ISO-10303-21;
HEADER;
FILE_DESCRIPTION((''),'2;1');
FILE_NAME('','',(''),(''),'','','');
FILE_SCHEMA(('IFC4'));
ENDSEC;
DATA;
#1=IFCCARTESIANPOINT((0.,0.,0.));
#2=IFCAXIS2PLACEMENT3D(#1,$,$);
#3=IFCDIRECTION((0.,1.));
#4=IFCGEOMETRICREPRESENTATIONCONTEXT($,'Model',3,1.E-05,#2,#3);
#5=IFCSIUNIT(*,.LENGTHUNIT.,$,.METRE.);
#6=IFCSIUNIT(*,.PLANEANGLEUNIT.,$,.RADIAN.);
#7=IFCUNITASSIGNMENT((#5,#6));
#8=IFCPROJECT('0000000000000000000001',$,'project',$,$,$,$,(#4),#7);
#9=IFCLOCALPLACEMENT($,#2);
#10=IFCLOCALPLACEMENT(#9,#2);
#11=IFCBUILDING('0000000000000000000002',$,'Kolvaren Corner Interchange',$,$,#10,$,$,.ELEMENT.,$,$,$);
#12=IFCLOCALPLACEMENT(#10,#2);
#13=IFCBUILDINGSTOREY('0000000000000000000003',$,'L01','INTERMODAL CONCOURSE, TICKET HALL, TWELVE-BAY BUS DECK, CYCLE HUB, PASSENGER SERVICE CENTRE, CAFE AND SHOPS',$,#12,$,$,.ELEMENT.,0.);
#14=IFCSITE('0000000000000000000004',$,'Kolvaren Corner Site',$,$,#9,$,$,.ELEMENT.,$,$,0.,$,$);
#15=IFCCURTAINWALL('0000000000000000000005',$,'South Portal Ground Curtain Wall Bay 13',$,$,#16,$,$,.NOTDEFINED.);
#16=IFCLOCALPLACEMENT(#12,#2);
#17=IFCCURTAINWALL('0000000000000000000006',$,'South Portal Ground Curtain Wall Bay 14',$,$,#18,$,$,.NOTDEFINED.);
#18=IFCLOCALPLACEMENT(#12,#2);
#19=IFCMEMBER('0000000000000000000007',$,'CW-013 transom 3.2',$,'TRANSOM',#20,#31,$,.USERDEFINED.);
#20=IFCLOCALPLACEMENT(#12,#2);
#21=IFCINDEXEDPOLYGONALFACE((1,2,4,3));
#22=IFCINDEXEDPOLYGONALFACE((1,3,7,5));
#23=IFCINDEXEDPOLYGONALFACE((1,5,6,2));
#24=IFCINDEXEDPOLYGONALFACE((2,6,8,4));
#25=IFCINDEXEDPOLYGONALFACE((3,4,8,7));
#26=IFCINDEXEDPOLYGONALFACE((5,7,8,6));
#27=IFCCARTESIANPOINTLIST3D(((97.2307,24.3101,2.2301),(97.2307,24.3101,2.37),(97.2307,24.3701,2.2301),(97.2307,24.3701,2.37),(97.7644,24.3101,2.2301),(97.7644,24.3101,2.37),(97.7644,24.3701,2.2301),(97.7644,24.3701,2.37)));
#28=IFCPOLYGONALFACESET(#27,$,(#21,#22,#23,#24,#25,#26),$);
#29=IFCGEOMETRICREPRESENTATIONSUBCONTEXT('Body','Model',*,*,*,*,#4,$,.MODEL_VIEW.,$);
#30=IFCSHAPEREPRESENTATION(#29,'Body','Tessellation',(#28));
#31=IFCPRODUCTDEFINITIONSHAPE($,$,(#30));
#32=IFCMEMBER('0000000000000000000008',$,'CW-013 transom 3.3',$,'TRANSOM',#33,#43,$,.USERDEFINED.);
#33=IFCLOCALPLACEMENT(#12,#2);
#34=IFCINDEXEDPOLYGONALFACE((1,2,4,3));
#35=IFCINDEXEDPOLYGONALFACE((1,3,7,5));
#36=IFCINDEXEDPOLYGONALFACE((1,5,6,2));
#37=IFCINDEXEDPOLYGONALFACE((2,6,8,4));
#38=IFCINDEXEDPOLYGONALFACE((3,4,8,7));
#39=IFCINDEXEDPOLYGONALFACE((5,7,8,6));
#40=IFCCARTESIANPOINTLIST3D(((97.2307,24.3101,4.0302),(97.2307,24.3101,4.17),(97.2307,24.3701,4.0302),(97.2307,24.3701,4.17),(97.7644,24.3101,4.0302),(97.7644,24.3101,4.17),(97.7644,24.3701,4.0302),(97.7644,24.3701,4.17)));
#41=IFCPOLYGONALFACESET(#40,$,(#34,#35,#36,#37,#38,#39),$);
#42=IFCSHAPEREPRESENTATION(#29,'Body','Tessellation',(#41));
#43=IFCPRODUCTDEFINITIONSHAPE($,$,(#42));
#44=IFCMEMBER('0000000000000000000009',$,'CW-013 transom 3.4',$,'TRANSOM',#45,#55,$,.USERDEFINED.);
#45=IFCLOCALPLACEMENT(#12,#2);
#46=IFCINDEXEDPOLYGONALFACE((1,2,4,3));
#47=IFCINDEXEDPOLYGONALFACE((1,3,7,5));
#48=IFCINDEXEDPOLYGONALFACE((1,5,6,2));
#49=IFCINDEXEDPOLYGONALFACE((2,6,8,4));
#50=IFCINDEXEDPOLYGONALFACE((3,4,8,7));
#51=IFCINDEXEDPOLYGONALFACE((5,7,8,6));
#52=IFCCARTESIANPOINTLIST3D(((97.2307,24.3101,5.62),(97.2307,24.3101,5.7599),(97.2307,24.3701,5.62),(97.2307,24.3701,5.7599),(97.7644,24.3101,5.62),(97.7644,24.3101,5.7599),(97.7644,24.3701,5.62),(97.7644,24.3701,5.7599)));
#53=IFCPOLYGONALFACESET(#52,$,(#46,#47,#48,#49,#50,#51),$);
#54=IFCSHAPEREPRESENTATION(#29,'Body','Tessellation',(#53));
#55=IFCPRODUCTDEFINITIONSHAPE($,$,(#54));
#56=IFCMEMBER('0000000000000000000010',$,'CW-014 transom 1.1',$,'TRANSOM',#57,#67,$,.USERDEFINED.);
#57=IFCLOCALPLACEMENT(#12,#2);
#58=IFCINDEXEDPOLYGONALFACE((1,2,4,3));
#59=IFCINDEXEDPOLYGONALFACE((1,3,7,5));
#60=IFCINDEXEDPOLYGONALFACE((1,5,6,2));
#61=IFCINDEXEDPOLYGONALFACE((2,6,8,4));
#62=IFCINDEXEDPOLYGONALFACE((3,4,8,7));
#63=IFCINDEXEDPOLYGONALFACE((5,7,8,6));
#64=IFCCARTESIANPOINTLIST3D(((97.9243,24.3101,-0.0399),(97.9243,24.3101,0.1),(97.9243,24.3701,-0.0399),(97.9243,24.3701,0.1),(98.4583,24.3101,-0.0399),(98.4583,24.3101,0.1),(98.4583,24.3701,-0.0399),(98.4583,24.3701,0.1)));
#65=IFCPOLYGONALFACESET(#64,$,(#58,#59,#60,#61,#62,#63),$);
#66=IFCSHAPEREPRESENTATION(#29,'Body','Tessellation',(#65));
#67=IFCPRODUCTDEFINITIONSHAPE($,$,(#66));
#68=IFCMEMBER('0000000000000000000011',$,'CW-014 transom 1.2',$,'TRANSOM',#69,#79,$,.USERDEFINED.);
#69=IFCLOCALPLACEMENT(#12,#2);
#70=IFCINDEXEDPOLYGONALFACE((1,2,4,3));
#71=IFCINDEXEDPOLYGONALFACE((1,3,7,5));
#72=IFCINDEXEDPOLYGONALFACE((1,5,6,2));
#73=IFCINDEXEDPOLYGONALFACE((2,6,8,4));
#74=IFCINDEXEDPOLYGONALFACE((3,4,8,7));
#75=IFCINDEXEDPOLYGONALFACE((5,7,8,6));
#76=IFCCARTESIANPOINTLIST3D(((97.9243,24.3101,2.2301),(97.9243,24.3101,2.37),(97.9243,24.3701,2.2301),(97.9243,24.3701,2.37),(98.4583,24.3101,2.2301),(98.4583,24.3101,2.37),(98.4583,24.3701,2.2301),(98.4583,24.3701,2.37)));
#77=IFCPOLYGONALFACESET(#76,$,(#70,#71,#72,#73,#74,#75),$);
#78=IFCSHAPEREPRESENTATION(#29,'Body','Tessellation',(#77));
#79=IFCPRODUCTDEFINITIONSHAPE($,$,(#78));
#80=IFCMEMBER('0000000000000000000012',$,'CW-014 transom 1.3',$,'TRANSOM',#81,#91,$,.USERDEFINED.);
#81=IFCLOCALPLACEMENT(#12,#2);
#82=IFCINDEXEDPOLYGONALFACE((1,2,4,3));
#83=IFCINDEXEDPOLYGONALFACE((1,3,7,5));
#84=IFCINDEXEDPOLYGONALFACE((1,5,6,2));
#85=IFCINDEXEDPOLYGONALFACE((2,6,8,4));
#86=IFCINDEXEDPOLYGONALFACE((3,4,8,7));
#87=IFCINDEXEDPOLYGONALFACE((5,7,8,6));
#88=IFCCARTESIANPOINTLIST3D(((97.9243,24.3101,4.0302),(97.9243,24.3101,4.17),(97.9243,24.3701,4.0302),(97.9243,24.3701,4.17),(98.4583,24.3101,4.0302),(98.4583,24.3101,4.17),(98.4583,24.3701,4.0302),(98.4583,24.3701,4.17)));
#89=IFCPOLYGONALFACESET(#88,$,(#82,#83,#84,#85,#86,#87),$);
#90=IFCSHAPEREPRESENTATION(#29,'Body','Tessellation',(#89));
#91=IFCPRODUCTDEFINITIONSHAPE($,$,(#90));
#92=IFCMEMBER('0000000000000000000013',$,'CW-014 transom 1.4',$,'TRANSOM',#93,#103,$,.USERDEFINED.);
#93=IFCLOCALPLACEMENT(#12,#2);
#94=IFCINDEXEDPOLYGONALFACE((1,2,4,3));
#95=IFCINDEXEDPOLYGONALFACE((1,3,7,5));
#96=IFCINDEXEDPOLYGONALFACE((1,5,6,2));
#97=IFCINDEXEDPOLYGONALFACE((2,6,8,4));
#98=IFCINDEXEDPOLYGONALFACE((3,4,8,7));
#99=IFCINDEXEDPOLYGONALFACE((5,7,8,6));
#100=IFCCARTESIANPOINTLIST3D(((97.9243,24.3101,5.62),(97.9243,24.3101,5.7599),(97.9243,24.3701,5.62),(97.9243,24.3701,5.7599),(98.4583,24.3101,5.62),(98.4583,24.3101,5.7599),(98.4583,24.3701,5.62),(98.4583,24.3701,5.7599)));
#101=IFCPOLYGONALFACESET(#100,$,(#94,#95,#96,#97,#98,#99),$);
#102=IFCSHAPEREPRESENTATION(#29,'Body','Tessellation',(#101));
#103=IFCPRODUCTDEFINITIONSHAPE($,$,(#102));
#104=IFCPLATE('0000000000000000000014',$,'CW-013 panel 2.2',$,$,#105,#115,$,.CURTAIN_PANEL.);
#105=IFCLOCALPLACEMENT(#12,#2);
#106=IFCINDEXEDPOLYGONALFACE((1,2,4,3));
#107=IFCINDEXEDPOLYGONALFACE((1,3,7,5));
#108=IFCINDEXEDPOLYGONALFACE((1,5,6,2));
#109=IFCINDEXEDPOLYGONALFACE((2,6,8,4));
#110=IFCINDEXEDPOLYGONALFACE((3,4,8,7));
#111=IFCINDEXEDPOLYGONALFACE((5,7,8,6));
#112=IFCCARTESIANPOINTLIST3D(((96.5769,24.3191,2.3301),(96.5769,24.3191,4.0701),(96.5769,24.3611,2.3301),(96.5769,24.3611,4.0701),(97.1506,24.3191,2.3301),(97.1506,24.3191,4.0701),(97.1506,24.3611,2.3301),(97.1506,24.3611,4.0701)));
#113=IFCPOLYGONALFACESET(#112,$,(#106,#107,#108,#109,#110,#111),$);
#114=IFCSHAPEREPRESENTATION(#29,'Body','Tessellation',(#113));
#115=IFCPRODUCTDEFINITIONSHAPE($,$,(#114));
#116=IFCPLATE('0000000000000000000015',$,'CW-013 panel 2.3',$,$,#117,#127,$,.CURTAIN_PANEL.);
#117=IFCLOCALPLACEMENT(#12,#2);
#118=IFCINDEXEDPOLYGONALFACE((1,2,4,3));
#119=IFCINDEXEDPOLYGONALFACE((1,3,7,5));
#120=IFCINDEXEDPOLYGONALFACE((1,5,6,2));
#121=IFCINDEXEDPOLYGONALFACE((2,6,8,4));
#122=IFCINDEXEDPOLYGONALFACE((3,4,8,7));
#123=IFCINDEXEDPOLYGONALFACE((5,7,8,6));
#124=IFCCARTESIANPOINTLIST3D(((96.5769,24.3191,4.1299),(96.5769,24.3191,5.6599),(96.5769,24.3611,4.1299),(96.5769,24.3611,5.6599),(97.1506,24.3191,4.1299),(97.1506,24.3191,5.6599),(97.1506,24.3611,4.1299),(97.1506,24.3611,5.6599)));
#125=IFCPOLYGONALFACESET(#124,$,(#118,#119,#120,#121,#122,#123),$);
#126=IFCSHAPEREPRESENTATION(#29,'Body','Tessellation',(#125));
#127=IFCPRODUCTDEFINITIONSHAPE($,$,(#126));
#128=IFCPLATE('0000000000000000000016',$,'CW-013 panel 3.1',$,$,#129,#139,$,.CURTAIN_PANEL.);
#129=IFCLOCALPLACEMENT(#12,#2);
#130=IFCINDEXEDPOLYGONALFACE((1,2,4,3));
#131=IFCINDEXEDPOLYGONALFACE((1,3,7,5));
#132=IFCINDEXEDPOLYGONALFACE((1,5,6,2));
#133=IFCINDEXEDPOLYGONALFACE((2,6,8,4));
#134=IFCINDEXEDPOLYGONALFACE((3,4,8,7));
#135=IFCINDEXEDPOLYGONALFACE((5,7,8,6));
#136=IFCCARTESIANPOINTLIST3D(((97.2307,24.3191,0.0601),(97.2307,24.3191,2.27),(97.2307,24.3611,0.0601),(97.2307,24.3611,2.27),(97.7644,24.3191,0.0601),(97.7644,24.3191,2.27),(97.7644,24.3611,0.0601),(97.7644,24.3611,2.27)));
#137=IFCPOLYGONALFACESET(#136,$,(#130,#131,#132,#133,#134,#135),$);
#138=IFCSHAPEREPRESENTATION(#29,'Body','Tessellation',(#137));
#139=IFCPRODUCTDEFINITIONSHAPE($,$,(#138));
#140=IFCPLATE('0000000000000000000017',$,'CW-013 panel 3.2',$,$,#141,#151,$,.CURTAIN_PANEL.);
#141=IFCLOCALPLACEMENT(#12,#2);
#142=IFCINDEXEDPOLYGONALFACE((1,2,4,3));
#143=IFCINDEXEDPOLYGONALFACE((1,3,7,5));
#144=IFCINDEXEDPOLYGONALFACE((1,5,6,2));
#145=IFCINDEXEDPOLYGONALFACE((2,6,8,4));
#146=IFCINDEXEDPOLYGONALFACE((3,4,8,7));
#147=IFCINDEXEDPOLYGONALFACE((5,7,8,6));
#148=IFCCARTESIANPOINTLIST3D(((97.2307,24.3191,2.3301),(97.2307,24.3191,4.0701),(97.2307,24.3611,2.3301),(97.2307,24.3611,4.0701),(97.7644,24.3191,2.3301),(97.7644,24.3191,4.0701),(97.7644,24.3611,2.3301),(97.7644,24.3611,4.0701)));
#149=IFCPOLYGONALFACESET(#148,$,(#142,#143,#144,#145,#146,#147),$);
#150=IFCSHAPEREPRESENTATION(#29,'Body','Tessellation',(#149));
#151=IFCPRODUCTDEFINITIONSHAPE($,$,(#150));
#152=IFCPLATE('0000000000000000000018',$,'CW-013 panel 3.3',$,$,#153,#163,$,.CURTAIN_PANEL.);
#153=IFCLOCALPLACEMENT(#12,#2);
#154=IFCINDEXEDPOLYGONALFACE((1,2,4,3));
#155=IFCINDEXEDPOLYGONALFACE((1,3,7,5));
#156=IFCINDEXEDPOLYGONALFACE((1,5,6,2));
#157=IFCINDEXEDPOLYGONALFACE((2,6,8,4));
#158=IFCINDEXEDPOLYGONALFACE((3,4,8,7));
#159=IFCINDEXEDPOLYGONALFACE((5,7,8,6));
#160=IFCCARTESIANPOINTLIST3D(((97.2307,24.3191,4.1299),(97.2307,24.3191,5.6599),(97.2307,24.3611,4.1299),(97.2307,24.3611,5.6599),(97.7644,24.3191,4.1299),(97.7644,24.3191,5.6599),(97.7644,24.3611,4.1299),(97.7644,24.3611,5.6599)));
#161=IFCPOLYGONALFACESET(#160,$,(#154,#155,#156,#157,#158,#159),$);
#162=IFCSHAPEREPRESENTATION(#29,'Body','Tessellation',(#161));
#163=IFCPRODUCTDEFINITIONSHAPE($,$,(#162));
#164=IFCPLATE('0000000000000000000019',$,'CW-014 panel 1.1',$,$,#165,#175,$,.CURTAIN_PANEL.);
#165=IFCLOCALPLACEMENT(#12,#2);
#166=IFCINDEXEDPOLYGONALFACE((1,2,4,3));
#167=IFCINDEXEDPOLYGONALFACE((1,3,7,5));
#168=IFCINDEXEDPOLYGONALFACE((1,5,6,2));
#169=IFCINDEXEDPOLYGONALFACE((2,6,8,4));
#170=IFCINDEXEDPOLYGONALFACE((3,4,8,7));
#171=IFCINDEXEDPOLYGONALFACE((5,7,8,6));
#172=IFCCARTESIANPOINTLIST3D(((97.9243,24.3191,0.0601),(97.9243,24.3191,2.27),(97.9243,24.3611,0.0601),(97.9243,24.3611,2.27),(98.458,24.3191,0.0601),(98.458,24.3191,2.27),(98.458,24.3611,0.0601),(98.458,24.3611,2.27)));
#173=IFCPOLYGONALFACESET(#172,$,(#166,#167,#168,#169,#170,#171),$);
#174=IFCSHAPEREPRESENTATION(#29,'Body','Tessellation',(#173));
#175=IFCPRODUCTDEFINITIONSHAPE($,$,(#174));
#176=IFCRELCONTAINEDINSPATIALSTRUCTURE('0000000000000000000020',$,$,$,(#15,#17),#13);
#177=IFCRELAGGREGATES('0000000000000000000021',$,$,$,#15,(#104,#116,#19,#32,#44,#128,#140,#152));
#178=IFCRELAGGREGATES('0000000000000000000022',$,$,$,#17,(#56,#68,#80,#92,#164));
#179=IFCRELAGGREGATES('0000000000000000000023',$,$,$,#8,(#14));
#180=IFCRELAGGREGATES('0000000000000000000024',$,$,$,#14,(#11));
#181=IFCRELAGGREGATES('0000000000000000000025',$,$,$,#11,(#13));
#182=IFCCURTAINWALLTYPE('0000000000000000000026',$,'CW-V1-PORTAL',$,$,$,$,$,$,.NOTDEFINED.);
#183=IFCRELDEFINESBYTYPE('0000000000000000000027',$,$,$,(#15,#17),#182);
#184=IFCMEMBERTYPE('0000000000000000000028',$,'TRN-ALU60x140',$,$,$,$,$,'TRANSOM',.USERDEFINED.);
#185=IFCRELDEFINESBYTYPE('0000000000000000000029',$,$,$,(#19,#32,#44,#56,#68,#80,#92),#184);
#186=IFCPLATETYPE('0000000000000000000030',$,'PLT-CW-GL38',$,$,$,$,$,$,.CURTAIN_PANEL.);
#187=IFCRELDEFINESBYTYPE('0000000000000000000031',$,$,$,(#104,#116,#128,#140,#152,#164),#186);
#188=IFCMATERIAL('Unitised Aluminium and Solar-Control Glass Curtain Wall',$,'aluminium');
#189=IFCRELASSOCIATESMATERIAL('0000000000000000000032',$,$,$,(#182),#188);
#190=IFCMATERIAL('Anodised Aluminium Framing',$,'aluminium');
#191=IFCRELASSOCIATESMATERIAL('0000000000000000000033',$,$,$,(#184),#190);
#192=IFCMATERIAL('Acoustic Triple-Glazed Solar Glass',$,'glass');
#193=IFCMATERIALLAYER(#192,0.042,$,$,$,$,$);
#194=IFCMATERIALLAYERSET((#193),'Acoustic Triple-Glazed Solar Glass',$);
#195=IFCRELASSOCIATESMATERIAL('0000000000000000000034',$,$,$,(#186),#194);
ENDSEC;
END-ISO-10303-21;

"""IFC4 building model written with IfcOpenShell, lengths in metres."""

from ifc_helpers import new_model, si_unit, direction, frame, origin, origin_2d, place, context, subcontext, project, spatial, rectangle, extrude, material, layer, layer_set, material_profile, profile_set, type_object, element, aggregate, save


model = new_model("IFC4")

# Units and contexts
model_context = context("Model", 3, precision=1e-05, world=origin(), true_north=direction((0.0, 1.0)))
body_context = subcontext(model_context, "Body", "Model", "MODEL_VIEW")
ifc_project = project(units=[si_unit("LENGTHUNIT", "METRE"), si_unit("PLANEANGLEUNIT", "RADIAN")], contexts=[model_context])

# Site, building, storey
site_placement = place(None, origin())
site = spatial("IfcSite", under=ifc_project, at=site_placement, Name="Kolvaren Corner Site", CompositionType="ELEMENT", RefElevation=0.0)
building_placement = place(site_placement, origin())
building = spatial("IfcBuilding", under=site, at=building_placement, Name="Kolvaren Corner Interchange", CompositionType="ELEMENT")
storey_placement = place(building_placement, origin())
storey = spatial("IfcBuildingStorey", under=building, at=storey_placement, Name="L01", Description="INTERMODAL CONCOURSE, TICKET HALL, TWELVE-BAY BUS DECK, CYCLE HUB, PASSENGER SERVICE CENTRE, CAFE AND SHOPS", CompositionType="ELEMENT", Elevation=0.0)

# Curtain wall
ifc_material_1 = material(Name="Unitised Aluminium and Solar-Control Glass Curtain Wall", Category="aluminium")
curtain_wall_type = type_object("IfcCurtainWallType", Name="CW-V1-PORTAL", PredefinedType="NOTDEFINED", material=ifc_material_1)
curtain_wall_1_placement = place(storey_placement, origin())
curtain_wall_1 = element("IfcCurtainWall", 1, at=curtain_wall_1_placement, inside=storey, type_object=curtain_wall_type, Name="South Portal Ground Curtain Wall Bay 13", PredefinedType="NOTDEFINED")

# Curtain wall
curtain_wall_2_placement = place(storey_placement, origin())
curtain_wall_2 = element("IfcCurtainWall", 2, at=curtain_wall_2_placement, inside=storey, type_object=curtain_wall_type, Name="South Portal Ground Curtain Wall Bay 14", PredefinedType="NOTDEFINED")

# Members
ifc_material_2 = material(Name="Anodised Aluminium Framing", Category="aluminium")
ifc_material_profile_1 = material_profile(ifc_material_2, rectangle(XDim=0.0601, YDim=0.1399, at=origin_2d()), Name="ALU 60x140")
ifc_profile_set_1 = profile_set([ifc_material_profile_1], Name="Anodised Aluminium Framing")
member_type_1 = type_object("IfcMemberType", Name="TRN-ALU60x140", ElementType="TRANSOM", PredefinedType="USERDEFINED", material=ifc_profile_set_1)
member_1_placement = place(storey_placement, frame((97.2307, 24.3401, 2.3), z_axis=(1.0, 0.0, 0.0), x_axis=(0.0, 1.0, 0.0)))
member_1 = element("IfcMember", 3, at=member_1_placement, type_object=member_type_1, Name="CW-013 transom 3.2", ObjectType="TRANSOM", PredefinedType="USERDEFINED", context=body_context, shape_type="SweptSolid", body=[
    extrude(rectangle(XDim=0.0601, YDim=0.1399, at=origin_2d()), origin(), (0.0, 0.0, 1.0), 0.5337),
])
member_2_placement = place(storey_placement, frame((97.2307, 24.3401, 4.1001), z_axis=(1.0, 0.0, 0.0), x_axis=(0.0, 1.0, 0.0)))
member_2 = element("IfcMember", 4, at=member_2_placement, type_object=member_type_1, Name="CW-013 transom 3.3", ObjectType="TRANSOM", PredefinedType="USERDEFINED", context=body_context, shape_type="SweptSolid", body=[
    extrude(rectangle(XDim=0.0601, YDim=0.1399, at=origin_2d()), origin(), (0.0, 0.0, 1.0), 0.5337),
])
member_3_placement = place(storey_placement, frame((97.2307, 24.3401, 5.6899), z_axis=(1.0, 0.0, 0.0), x_axis=(0.0, 1.0, 0.0)))
member_3 = element("IfcMember", 5, at=member_3_placement, type_object=member_type_1, Name="CW-013 transom 3.4", ObjectType="TRANSOM", PredefinedType="USERDEFINED", context=body_context, shape_type="SweptSolid", body=[
    extrude(rectangle(XDim=0.0601, YDim=0.1399, at=origin_2d()), origin(), (0.0, 0.0, 1.0), 0.5337),
])
member_4_placement = place(storey_placement, frame((97.9243, 24.3401, 0.03), z_axis=(1.0, 0.0, 0.0), x_axis=(0.0, 1.0, 0.0)))
member_4 = element("IfcMember", 6, at=member_4_placement, type_object=member_type_1, Name="CW-014 transom 1.1", ObjectType="TRANSOM", PredefinedType="USERDEFINED", context=body_context, shape_type="SweptSolid", body=[
    extrude(rectangle(XDim=0.0601, YDim=0.1399, at=origin_2d()), origin(), (0.0, 0.0, 1.0), 0.5339),
])
member_5_placement = place(storey_placement, frame((97.9243, 24.3401, 2.3), z_axis=(1.0, 0.0, 0.0), x_axis=(0.0, 1.0, 0.0)))
member_5 = element("IfcMember", 7, at=member_5_placement, type_object=member_type_1, Name="CW-014 transom 1.2", ObjectType="TRANSOM", PredefinedType="USERDEFINED", context=body_context, shape_type="SweptSolid", body=[
    extrude(rectangle(XDim=0.0601, YDim=0.1399, at=origin_2d()), origin(), (0.0, 0.0, 1.0), 0.5339),
])
member_6_placement = place(storey_placement, frame((97.9243, 24.3401, 4.1001), z_axis=(1.0, 0.0, 0.0), x_axis=(0.0, 1.0, 0.0)))
member_6 = element("IfcMember", 8, at=member_6_placement, type_object=member_type_1, Name="CW-014 transom 1.3", ObjectType="TRANSOM", PredefinedType="USERDEFINED", context=body_context, shape_type="SweptSolid", body=[
    extrude(rectangle(XDim=0.0601, YDim=0.1399, at=origin_2d()), origin(), (0.0, 0.0, 1.0), 0.5339),
])
member_7_placement = place(storey_placement, frame((97.9243, 24.3401, 5.6899), z_axis=(1.0, 0.0, 0.0), x_axis=(0.0, 1.0, 0.0)))
member_7 = element("IfcMember", 9, at=member_7_placement, type_object=member_type_1, Name="CW-014 transom 1.4", ObjectType="TRANSOM", PredefinedType="USERDEFINED", context=body_context, shape_type="SweptSolid", body=[
    extrude(rectangle(XDim=0.0601, YDim=0.1399, at=origin_2d()), origin(), (0.0, 0.0, 1.0), 0.5339),
])

# Plates
ifc_material_3 = material(Name="Acoustic Triple-Glazed Solar Glass", Category="glass")
ifc_layer_1 = layer(ifc_material_3, 0.042)
ifc_layer_set_1 = layer_set([ifc_layer_1], Name="Acoustic Triple-Glazed Solar Glass")
plate_type = type_object("IfcPlateType", Name="PLT-CW-GL38", PredefinedType="CURTAIN_PANEL", material=ifc_layer_set_1)
plate_1_placement = place(storey_placement, frame((96.8638, 24.3401, 2.3301), z_axis=(0.0, 0.0, 1.0), x_axis=(1.0, 0.0, 0.0)))
plate_1 = element("IfcPlate", 10, at=plate_1_placement, type_object=plate_type, Name="CW-013 panel 2.2", PredefinedType="CURTAIN_PANEL", context=body_context, shape_type="SweptSolid", body=[
    extrude(rectangle(XDim=0.5737, YDim=0.042, at=origin_2d()), origin(), (0.0, 0.0, 1.0), 1.74),
])
plate_2_placement = place(storey_placement, frame((96.8638, 24.3401, 4.1299), z_axis=(0.0, 0.0, 1.0), x_axis=(1.0, 0.0, 0.0)))
plate_2 = element("IfcPlate", 11, at=plate_2_placement, type_object=plate_type, Name="CW-013 panel 2.3", PredefinedType="CURTAIN_PANEL", context=body_context, shape_type="SweptSolid", body=[
    extrude(rectangle(XDim=0.5737, YDim=0.042, at=origin_2d()), origin(), (0.0, 0.0, 1.0), 1.53),
])
plate_3_placement = place(storey_placement, frame((97.4976, 24.3401, 0.0601), z_axis=(0.0, 0.0, 1.0), x_axis=(1.0, 0.0, 0.0)))
plate_3 = element("IfcPlate", 12, at=plate_3_placement, type_object=plate_type, Name="CW-013 panel 3.1", PredefinedType="CURTAIN_PANEL", context=body_context, shape_type="SweptSolid", body=[
    extrude(rectangle(XDim=0.5337, YDim=0.042, at=origin_2d()), origin(), (0.0, 0.0, 1.0), 2.21),
])
plate_4_placement = place(storey_placement, frame((97.4976, 24.3401, 2.3301), z_axis=(0.0, 0.0, 1.0), x_axis=(1.0, 0.0, 0.0)))
plate_4 = element("IfcPlate", 13, at=plate_4_placement, type_object=plate_type, Name="CW-013 panel 3.2", PredefinedType="CURTAIN_PANEL", context=body_context, shape_type="SweptSolid", body=[
    extrude(rectangle(XDim=0.5337, YDim=0.042, at=origin_2d()), origin(), (0.0, 0.0, 1.0), 1.74),
])
plate_5_placement = place(storey_placement, frame((97.4976, 24.3401, 4.1299), z_axis=(0.0, 0.0, 1.0), x_axis=(1.0, 0.0, 0.0)))
plate_5 = element("IfcPlate", 14, at=plate_5_placement, type_object=plate_type, Name="CW-013 panel 3.3", PredefinedType="CURTAIN_PANEL", context=body_context, shape_type="SweptSolid", body=[
    extrude(rectangle(XDim=0.5337, YDim=0.042, at=origin_2d()), origin(), (0.0, 0.0, 1.0), 1.53),
])
aggregate(curtain_wall_1, [plate_1, plate_2, member_1, member_2, member_3, plate_3, plate_4, plate_5])
plate_6_placement = place(storey_placement, frame((98.1912, 24.3401, 0.0601), z_axis=(0.0, 0.0, 1.0), x_axis=(1.0, 0.0, 0.0)))
plate_6 = element("IfcPlate", 15, at=plate_6_placement, type_object=plate_type, Name="CW-014 panel 1.1", PredefinedType="CURTAIN_PANEL", context=body_context, shape_type="SweptSolid", body=[
    extrude(rectangle(XDim=0.5337, YDim=0.042, at=origin_2d()), origin(), (0.0, 0.0, 1.0), 2.21),
])
aggregate(curtain_wall_2, [member_4, member_5, member_6, member_7, plate_6])

save(model, "model.ifc")
